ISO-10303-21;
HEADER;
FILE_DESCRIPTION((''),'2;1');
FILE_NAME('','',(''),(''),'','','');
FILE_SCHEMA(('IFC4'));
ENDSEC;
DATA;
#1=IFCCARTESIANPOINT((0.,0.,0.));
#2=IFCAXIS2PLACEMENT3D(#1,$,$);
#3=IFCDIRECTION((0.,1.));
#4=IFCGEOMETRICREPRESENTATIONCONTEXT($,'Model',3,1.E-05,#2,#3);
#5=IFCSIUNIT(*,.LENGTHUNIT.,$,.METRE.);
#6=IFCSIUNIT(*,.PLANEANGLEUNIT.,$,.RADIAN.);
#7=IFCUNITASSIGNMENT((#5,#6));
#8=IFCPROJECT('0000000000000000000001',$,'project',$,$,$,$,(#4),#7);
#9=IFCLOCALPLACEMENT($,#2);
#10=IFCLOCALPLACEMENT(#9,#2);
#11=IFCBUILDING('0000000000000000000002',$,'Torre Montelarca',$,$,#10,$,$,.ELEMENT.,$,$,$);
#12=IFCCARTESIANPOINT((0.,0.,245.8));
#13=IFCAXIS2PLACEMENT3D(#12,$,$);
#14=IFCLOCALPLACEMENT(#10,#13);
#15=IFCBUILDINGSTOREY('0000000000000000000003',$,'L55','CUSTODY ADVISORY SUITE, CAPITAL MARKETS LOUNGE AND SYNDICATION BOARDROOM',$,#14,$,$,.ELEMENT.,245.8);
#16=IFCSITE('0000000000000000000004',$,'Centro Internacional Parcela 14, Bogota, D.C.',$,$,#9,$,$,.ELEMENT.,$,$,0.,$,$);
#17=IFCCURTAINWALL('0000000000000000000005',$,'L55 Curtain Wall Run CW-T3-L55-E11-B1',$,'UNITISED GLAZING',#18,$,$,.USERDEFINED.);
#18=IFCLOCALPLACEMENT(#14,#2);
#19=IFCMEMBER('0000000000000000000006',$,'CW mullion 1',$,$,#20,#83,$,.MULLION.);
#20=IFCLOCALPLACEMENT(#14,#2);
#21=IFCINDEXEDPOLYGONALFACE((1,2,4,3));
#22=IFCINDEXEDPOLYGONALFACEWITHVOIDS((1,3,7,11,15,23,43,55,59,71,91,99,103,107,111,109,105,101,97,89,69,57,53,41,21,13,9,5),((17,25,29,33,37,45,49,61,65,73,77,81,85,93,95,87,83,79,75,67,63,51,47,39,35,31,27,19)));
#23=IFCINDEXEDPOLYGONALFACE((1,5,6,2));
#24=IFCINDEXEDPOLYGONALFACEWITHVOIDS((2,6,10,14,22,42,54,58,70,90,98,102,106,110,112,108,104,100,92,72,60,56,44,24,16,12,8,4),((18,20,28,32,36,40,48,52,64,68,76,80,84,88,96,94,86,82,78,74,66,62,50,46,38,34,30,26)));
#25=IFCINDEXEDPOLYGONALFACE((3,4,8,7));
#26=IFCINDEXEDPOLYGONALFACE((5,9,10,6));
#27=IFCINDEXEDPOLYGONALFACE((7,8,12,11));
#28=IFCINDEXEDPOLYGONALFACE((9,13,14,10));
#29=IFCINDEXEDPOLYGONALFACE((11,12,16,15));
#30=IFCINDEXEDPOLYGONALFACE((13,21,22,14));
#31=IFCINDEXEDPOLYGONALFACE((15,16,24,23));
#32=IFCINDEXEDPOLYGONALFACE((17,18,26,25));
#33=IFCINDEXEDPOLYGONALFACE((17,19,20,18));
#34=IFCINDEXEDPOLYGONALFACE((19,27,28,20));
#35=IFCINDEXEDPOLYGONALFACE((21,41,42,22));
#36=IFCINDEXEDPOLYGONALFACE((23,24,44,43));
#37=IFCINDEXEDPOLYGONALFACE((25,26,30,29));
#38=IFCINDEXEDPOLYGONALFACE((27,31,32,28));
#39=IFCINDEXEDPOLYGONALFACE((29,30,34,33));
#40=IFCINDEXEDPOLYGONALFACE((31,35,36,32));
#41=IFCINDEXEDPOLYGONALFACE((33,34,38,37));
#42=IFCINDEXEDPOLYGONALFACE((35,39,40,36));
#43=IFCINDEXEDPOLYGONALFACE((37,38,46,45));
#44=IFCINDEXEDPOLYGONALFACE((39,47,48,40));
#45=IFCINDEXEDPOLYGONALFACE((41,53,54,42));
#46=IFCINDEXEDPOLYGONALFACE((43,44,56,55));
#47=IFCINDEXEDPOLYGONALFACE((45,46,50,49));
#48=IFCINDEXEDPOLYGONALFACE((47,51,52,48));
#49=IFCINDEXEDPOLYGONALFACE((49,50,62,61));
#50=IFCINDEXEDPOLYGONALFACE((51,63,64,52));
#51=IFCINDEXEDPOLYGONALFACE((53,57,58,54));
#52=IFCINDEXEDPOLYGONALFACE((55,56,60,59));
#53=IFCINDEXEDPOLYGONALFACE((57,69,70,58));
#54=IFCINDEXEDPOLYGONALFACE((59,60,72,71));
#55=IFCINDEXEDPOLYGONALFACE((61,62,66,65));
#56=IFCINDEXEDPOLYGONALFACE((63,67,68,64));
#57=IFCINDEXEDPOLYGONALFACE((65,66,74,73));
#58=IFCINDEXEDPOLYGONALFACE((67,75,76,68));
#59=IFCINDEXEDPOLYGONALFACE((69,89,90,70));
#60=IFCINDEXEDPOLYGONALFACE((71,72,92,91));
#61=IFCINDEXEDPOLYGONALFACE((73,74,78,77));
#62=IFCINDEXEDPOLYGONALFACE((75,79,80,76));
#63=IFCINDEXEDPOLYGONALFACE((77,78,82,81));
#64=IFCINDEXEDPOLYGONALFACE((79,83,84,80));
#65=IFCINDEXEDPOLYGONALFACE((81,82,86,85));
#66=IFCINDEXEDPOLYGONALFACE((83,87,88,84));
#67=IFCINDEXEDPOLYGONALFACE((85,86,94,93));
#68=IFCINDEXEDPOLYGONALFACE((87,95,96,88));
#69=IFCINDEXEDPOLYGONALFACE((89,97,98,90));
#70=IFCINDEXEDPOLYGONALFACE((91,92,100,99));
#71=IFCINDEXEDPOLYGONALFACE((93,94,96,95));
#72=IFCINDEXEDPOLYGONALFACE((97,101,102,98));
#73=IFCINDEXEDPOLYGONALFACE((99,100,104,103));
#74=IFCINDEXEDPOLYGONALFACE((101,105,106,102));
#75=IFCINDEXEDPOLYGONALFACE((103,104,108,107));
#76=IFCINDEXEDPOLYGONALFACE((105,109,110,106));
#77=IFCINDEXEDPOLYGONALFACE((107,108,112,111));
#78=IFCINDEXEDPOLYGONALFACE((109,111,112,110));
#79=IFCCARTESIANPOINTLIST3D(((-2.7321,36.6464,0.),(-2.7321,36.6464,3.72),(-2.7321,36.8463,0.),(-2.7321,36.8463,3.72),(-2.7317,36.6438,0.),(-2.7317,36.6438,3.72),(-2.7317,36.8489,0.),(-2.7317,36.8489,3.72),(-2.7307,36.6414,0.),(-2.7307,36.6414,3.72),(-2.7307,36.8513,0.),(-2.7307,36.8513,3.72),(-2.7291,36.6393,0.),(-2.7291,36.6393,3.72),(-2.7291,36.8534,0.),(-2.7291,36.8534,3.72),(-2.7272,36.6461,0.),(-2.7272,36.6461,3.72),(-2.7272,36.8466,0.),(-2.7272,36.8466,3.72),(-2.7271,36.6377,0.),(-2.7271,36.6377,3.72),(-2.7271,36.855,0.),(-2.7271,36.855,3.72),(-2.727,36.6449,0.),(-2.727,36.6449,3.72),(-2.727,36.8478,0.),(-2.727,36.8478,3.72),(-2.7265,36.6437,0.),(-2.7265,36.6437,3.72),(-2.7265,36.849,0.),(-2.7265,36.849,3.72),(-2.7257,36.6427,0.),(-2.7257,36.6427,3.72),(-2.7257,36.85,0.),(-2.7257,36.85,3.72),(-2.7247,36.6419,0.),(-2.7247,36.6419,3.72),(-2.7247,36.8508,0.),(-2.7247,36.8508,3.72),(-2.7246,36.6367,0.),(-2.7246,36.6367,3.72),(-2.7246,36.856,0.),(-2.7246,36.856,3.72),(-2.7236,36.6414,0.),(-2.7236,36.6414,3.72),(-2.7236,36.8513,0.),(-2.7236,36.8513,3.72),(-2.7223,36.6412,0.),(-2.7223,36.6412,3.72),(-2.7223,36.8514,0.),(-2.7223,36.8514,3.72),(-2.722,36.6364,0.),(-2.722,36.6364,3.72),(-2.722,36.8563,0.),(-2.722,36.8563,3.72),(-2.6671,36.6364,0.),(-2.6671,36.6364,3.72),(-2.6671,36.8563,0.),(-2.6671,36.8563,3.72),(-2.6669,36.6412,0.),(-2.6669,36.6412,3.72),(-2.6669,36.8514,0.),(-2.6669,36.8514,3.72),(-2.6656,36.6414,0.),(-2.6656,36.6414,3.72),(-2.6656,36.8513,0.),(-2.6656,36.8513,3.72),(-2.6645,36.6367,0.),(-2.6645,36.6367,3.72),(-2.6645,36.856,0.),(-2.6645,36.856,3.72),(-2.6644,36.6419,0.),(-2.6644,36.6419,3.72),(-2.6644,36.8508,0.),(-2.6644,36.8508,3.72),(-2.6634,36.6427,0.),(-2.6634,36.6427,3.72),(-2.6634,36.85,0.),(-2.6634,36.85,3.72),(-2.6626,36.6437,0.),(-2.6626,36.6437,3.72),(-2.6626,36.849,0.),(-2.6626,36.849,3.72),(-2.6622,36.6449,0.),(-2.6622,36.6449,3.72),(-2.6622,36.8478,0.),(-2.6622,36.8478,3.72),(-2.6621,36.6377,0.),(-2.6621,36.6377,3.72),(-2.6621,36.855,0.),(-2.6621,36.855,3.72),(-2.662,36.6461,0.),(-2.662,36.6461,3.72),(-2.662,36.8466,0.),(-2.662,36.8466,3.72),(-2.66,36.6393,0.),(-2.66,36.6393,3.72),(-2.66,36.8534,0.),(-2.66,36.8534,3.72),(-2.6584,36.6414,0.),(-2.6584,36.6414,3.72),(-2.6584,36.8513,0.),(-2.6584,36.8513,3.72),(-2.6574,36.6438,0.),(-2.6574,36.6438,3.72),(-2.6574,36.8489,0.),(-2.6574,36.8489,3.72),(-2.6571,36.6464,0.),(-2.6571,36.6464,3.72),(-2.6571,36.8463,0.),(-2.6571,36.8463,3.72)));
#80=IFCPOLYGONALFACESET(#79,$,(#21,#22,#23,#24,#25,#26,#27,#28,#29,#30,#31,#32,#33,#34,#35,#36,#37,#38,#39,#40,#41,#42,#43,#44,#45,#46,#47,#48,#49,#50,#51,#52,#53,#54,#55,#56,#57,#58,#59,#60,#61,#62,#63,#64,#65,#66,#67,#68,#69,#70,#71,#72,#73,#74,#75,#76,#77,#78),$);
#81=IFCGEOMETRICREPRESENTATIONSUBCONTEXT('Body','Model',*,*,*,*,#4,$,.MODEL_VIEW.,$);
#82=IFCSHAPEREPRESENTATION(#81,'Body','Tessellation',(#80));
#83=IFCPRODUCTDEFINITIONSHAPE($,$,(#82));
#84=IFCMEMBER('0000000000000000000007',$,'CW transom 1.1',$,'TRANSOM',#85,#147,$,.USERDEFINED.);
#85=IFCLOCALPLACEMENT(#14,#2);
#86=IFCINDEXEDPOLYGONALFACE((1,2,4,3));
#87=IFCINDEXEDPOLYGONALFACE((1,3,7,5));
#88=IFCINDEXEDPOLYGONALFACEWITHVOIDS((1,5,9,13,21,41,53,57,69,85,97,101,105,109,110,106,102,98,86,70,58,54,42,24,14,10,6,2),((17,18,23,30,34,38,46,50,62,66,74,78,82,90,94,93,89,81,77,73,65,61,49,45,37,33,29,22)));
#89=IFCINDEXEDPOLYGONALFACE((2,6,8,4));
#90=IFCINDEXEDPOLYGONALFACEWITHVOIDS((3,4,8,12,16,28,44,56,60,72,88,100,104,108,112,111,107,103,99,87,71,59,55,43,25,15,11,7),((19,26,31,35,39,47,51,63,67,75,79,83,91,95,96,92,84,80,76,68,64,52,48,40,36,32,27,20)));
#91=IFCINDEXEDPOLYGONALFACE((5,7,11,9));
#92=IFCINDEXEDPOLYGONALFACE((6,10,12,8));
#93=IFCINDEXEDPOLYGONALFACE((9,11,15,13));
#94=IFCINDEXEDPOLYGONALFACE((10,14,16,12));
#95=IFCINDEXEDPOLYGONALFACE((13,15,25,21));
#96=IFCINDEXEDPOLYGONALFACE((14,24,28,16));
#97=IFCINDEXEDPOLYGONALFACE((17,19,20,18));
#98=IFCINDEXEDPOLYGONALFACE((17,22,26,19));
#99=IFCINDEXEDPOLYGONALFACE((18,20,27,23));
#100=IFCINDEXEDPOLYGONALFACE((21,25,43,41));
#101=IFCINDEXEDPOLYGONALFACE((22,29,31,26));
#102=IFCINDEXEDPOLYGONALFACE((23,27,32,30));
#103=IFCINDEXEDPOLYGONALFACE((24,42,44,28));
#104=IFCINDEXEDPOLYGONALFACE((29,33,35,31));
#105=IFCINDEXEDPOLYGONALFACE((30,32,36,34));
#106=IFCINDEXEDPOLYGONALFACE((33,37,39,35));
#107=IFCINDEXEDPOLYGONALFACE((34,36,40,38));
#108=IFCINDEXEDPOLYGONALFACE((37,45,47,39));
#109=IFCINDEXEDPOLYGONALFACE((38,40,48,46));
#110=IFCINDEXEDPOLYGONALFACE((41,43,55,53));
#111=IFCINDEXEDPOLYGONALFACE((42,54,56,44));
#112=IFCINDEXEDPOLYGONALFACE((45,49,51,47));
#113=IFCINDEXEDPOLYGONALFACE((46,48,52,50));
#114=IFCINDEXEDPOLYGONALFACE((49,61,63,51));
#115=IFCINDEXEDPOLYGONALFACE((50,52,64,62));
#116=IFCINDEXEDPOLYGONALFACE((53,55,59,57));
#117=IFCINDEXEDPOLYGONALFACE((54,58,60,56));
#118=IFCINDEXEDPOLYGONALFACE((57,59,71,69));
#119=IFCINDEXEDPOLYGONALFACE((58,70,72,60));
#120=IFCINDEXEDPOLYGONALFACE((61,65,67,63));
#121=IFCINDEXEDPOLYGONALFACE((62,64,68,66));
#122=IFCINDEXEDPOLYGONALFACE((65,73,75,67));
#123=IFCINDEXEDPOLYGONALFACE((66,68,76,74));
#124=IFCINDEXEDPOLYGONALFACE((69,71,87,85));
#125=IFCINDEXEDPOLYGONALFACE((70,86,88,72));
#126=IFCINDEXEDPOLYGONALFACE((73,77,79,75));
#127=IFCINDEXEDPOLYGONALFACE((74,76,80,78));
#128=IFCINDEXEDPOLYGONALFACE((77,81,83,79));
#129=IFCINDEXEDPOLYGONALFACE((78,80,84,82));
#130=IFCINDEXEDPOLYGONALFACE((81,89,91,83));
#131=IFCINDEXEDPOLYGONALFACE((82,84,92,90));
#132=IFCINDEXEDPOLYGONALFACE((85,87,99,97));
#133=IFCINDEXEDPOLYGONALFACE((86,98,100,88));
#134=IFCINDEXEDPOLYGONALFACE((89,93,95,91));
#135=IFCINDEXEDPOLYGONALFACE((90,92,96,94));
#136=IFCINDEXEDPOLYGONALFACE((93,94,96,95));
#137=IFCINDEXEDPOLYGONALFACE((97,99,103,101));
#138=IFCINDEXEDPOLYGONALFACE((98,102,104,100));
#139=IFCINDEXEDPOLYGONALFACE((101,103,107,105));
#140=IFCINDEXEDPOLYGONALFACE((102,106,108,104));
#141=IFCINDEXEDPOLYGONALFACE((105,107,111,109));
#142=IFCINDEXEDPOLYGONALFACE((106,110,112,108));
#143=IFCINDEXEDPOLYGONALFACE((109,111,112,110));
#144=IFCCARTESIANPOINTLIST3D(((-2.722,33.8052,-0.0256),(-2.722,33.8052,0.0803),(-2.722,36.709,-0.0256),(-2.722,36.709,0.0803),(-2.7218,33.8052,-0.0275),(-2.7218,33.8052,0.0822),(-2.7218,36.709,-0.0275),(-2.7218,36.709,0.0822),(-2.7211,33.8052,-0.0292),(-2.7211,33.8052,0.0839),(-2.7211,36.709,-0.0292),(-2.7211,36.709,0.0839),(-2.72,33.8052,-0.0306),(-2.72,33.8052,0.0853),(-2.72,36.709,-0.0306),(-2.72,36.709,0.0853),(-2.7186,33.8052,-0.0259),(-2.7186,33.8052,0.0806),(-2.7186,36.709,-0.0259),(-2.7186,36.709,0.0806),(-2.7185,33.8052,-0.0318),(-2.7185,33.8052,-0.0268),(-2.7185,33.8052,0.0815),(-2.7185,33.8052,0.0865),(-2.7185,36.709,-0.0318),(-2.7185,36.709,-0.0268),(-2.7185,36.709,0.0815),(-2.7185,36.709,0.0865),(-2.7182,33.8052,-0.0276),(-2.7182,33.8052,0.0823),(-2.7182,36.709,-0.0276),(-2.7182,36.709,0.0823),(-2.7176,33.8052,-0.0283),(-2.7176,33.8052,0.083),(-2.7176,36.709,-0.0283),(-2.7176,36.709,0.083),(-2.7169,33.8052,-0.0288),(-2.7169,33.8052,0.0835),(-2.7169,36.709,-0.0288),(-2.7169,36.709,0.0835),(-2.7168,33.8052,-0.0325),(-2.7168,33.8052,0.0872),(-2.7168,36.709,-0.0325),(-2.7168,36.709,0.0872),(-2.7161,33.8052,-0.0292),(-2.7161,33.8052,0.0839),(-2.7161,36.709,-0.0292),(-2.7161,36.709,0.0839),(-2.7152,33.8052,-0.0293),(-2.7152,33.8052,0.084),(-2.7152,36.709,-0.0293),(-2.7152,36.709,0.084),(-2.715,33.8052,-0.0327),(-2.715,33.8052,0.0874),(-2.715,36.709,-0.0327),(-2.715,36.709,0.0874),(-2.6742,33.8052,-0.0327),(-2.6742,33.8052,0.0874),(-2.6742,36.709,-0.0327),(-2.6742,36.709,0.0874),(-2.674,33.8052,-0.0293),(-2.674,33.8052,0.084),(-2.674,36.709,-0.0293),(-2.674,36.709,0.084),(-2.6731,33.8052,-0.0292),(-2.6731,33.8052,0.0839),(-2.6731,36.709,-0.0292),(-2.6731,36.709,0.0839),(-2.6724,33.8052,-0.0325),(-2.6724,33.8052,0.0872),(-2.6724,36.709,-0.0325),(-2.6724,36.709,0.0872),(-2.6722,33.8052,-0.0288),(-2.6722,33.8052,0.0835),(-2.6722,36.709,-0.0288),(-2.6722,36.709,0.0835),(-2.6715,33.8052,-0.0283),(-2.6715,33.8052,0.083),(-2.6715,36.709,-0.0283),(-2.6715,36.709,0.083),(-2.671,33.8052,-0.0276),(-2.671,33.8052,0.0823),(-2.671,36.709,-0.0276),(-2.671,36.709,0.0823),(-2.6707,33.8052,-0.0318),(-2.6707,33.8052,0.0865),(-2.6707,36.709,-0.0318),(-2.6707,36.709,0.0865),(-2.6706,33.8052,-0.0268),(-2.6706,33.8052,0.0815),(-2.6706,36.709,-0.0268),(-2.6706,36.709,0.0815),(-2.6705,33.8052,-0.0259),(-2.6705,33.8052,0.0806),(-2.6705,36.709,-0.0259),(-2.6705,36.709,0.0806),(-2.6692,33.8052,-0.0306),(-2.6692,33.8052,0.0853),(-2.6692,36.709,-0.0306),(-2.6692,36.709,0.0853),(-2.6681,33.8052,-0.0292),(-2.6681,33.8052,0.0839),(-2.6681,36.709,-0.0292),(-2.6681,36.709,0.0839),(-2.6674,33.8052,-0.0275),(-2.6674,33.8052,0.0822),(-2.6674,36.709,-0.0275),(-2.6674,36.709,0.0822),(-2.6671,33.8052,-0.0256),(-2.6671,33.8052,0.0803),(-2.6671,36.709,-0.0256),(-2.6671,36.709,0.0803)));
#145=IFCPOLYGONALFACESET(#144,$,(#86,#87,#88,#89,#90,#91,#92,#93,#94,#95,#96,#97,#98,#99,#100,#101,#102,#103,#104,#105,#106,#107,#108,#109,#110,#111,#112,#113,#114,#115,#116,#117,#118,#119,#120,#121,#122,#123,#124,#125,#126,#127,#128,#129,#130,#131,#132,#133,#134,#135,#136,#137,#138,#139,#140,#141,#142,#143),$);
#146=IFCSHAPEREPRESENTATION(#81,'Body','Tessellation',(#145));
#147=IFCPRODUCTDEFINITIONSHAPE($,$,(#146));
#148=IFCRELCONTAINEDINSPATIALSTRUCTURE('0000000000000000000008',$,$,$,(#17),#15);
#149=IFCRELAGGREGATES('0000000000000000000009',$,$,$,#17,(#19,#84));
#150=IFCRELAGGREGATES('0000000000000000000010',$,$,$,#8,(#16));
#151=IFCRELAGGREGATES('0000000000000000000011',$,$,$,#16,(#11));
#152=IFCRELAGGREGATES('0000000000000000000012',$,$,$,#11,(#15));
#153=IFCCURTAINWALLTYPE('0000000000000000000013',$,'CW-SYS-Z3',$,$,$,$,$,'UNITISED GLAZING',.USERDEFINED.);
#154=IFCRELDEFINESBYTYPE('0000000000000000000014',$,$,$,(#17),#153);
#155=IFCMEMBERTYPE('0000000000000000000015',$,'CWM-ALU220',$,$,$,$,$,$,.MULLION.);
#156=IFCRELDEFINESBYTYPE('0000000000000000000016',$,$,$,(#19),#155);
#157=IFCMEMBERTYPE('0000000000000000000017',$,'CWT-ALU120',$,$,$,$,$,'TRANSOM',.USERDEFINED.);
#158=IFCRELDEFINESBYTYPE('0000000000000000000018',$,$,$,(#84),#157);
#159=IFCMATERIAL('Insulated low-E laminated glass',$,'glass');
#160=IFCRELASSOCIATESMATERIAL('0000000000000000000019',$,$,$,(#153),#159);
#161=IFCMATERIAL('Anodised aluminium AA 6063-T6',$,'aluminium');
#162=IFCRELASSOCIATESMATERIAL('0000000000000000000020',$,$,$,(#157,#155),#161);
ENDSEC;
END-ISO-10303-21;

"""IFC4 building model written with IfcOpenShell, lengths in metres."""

from ifc_helpers import new_model, si_unit, direction, frame, origin, origin_2d, place, context, subcontext, project, spatial, hollow_rectangle, extrude, source, transform, mapped, material, material_profile, profile_set, type_object, element, aggregate, save


model = new_model("IFC4")

# Units and contexts
model_context = context("Model", 3, precision=1e-05, world=origin(), true_north=direction((0.0, 1.0)))
body_context = subcontext(model_context, "Body", "Model", "MODEL_VIEW")
ifc_project = project(units=[si_unit("LENGTHUNIT", "METRE"), si_unit("PLANEANGLEUNIT", "RADIAN")], contexts=[model_context])

# Site, building, storey
site_placement = place(None, origin())
site = spatial("IfcSite", under=ifc_project, at=site_placement, Name="Centro Internacional Parcela 14, Bogota, D.C.", CompositionType="ELEMENT", RefElevation=0.0)
building_placement = place(site_placement, origin())
building = spatial("IfcBuilding", under=site, at=building_placement, Name="Torre Montelarca", CompositionType="ELEMENT")
storey_placement = place(building_placement, frame((0.0, 0.0, 245.8)))
storey = spatial("IfcBuildingStorey", under=building, at=storey_placement, Name="L55", Description="CUSTODY ADVISORY SUITE, CAPITAL MARKETS LOUNGE AND SYNDICATION BOARDROOM", CompositionType="ELEMENT", Elevation=245.8)

# Curtain wall, members
ifc_material_1 = material(Name="Insulated low-E laminated glass", Category="glass")
curtain_wall_type = type_object("IfcCurtainWallType", Name="CW-SYS-Z3", ElementType="UNITISED GLAZING", PredefinedType="USERDEFINED", material=ifc_material_1)
ifc_material_2 = material(Name="Anodised aluminium AA 6063-T6", Category="aluminium")
ifc_material_profile_1 = material_profile(ifc_material_2, hollow_rectangle(XDim=0.0549, YDim=0.1201, WallThickness=0.0034, InnerFilletRadius=0.0034, OuterFilletRadius=0.0071, at=origin_2d()), Name="ALU55X120X3.5", Category="aluminium")
ifc_profile_set_1 = profile_set([ifc_material_profile_1], Name="Anodised aluminium AA 6063-T6")
member_type_1 = type_object("IfcMemberType", Name="CWT-ALU120", ElementType="TRANSOM", PredefinedType="USERDEFINED", material=ifc_profile_set_1)
ifc_material_profile_2 = material_profile(ifc_material_2, hollow_rectangle(XDim=0.075, YDim=0.22, WallThickness=0.0049, InnerFilletRadius=0.0049, OuterFilletRadius=0.01, at=origin_2d()), Name="ALU75X220X5", Category="aluminium")
ifc_profile_set_2 = profile_set([ifc_material_profile_2], Name="Anodised aluminium AA 6063-T6")
member_type_2 = type_object("IfcMemberType", Name="CWM-ALU220", PredefinedType="MULLION", material=ifc_profile_set_2)
shared_shape_1 = source(origin(), body_context, "Body", "SweptSolid", [
    extrude(hollow_rectangle(XDim=0.075, YDim=0.22, WallThickness=0.0049, InnerFilletRadius=0.0049, OuterFilletRadius=0.01, at=origin_2d()), origin(), (0.0, 0.0, 1.0), 3.72),
])
curtain_wall_1_placement = place(storey_placement, origin())
curtain_wall_1 = element("IfcCurtainWall", 1, at=curtain_wall_1_placement, inside=storey, type_object=curtain_wall_type, Name="L55 Curtain Wall Run CW-T3-L55-E11-B1", ObjectType="UNITISED GLAZING", PredefinedType="USERDEFINED")
member_1_placement = place(storey_placement, frame((-2.6946, 36.7463, 0.0), z_axis=(0.0, 0.0, 1.0), x_axis=(1.0, 0.0, 0.0)))
member_1 = element("IfcMember", 2, at=member_1_placement, type_object=member_type_2, Name="CW mullion 1", PredefinedType="MULLION", context=body_context, shape_type="MappedRepresentation", body=[
    mapped(shared_shape_1, transform((0.0, 0.0, 0.0), scale=1.0)),
])
shared_shape_2 = source(origin(), body_context, "Body", "SweptSolid", [
    extrude(hollow_rectangle(XDim=0.0549, YDim=0.1201, WallThickness=0.0034, InnerFilletRadius=0.0034, OuterFilletRadius=0.0071, at=origin_2d()), origin(), (0.0, 0.0, 1.0), 2.9038),
])
member_2_placement = place(storey_placement, frame((-2.6946, 36.709, 0.0273), z_axis=(0.0, -1.0, 0.0), x_axis=(1.0, 0.0, 0.0)))
member_2 = element("IfcMember", 3, at=member_2_placement, type_object=member_type_1, Name="CW transom 1.1", ObjectType="TRANSOM", PredefinedType="USERDEFINED", context=body_context, shape_type="MappedRepresentation", body=[
    mapped(shared_shape_2, transform((0.0, 0.0, 0.0), scale=1.0)),
])
aggregate(curtain_wall_1, [member_1, member_2])

save(model, "model.ifc")
